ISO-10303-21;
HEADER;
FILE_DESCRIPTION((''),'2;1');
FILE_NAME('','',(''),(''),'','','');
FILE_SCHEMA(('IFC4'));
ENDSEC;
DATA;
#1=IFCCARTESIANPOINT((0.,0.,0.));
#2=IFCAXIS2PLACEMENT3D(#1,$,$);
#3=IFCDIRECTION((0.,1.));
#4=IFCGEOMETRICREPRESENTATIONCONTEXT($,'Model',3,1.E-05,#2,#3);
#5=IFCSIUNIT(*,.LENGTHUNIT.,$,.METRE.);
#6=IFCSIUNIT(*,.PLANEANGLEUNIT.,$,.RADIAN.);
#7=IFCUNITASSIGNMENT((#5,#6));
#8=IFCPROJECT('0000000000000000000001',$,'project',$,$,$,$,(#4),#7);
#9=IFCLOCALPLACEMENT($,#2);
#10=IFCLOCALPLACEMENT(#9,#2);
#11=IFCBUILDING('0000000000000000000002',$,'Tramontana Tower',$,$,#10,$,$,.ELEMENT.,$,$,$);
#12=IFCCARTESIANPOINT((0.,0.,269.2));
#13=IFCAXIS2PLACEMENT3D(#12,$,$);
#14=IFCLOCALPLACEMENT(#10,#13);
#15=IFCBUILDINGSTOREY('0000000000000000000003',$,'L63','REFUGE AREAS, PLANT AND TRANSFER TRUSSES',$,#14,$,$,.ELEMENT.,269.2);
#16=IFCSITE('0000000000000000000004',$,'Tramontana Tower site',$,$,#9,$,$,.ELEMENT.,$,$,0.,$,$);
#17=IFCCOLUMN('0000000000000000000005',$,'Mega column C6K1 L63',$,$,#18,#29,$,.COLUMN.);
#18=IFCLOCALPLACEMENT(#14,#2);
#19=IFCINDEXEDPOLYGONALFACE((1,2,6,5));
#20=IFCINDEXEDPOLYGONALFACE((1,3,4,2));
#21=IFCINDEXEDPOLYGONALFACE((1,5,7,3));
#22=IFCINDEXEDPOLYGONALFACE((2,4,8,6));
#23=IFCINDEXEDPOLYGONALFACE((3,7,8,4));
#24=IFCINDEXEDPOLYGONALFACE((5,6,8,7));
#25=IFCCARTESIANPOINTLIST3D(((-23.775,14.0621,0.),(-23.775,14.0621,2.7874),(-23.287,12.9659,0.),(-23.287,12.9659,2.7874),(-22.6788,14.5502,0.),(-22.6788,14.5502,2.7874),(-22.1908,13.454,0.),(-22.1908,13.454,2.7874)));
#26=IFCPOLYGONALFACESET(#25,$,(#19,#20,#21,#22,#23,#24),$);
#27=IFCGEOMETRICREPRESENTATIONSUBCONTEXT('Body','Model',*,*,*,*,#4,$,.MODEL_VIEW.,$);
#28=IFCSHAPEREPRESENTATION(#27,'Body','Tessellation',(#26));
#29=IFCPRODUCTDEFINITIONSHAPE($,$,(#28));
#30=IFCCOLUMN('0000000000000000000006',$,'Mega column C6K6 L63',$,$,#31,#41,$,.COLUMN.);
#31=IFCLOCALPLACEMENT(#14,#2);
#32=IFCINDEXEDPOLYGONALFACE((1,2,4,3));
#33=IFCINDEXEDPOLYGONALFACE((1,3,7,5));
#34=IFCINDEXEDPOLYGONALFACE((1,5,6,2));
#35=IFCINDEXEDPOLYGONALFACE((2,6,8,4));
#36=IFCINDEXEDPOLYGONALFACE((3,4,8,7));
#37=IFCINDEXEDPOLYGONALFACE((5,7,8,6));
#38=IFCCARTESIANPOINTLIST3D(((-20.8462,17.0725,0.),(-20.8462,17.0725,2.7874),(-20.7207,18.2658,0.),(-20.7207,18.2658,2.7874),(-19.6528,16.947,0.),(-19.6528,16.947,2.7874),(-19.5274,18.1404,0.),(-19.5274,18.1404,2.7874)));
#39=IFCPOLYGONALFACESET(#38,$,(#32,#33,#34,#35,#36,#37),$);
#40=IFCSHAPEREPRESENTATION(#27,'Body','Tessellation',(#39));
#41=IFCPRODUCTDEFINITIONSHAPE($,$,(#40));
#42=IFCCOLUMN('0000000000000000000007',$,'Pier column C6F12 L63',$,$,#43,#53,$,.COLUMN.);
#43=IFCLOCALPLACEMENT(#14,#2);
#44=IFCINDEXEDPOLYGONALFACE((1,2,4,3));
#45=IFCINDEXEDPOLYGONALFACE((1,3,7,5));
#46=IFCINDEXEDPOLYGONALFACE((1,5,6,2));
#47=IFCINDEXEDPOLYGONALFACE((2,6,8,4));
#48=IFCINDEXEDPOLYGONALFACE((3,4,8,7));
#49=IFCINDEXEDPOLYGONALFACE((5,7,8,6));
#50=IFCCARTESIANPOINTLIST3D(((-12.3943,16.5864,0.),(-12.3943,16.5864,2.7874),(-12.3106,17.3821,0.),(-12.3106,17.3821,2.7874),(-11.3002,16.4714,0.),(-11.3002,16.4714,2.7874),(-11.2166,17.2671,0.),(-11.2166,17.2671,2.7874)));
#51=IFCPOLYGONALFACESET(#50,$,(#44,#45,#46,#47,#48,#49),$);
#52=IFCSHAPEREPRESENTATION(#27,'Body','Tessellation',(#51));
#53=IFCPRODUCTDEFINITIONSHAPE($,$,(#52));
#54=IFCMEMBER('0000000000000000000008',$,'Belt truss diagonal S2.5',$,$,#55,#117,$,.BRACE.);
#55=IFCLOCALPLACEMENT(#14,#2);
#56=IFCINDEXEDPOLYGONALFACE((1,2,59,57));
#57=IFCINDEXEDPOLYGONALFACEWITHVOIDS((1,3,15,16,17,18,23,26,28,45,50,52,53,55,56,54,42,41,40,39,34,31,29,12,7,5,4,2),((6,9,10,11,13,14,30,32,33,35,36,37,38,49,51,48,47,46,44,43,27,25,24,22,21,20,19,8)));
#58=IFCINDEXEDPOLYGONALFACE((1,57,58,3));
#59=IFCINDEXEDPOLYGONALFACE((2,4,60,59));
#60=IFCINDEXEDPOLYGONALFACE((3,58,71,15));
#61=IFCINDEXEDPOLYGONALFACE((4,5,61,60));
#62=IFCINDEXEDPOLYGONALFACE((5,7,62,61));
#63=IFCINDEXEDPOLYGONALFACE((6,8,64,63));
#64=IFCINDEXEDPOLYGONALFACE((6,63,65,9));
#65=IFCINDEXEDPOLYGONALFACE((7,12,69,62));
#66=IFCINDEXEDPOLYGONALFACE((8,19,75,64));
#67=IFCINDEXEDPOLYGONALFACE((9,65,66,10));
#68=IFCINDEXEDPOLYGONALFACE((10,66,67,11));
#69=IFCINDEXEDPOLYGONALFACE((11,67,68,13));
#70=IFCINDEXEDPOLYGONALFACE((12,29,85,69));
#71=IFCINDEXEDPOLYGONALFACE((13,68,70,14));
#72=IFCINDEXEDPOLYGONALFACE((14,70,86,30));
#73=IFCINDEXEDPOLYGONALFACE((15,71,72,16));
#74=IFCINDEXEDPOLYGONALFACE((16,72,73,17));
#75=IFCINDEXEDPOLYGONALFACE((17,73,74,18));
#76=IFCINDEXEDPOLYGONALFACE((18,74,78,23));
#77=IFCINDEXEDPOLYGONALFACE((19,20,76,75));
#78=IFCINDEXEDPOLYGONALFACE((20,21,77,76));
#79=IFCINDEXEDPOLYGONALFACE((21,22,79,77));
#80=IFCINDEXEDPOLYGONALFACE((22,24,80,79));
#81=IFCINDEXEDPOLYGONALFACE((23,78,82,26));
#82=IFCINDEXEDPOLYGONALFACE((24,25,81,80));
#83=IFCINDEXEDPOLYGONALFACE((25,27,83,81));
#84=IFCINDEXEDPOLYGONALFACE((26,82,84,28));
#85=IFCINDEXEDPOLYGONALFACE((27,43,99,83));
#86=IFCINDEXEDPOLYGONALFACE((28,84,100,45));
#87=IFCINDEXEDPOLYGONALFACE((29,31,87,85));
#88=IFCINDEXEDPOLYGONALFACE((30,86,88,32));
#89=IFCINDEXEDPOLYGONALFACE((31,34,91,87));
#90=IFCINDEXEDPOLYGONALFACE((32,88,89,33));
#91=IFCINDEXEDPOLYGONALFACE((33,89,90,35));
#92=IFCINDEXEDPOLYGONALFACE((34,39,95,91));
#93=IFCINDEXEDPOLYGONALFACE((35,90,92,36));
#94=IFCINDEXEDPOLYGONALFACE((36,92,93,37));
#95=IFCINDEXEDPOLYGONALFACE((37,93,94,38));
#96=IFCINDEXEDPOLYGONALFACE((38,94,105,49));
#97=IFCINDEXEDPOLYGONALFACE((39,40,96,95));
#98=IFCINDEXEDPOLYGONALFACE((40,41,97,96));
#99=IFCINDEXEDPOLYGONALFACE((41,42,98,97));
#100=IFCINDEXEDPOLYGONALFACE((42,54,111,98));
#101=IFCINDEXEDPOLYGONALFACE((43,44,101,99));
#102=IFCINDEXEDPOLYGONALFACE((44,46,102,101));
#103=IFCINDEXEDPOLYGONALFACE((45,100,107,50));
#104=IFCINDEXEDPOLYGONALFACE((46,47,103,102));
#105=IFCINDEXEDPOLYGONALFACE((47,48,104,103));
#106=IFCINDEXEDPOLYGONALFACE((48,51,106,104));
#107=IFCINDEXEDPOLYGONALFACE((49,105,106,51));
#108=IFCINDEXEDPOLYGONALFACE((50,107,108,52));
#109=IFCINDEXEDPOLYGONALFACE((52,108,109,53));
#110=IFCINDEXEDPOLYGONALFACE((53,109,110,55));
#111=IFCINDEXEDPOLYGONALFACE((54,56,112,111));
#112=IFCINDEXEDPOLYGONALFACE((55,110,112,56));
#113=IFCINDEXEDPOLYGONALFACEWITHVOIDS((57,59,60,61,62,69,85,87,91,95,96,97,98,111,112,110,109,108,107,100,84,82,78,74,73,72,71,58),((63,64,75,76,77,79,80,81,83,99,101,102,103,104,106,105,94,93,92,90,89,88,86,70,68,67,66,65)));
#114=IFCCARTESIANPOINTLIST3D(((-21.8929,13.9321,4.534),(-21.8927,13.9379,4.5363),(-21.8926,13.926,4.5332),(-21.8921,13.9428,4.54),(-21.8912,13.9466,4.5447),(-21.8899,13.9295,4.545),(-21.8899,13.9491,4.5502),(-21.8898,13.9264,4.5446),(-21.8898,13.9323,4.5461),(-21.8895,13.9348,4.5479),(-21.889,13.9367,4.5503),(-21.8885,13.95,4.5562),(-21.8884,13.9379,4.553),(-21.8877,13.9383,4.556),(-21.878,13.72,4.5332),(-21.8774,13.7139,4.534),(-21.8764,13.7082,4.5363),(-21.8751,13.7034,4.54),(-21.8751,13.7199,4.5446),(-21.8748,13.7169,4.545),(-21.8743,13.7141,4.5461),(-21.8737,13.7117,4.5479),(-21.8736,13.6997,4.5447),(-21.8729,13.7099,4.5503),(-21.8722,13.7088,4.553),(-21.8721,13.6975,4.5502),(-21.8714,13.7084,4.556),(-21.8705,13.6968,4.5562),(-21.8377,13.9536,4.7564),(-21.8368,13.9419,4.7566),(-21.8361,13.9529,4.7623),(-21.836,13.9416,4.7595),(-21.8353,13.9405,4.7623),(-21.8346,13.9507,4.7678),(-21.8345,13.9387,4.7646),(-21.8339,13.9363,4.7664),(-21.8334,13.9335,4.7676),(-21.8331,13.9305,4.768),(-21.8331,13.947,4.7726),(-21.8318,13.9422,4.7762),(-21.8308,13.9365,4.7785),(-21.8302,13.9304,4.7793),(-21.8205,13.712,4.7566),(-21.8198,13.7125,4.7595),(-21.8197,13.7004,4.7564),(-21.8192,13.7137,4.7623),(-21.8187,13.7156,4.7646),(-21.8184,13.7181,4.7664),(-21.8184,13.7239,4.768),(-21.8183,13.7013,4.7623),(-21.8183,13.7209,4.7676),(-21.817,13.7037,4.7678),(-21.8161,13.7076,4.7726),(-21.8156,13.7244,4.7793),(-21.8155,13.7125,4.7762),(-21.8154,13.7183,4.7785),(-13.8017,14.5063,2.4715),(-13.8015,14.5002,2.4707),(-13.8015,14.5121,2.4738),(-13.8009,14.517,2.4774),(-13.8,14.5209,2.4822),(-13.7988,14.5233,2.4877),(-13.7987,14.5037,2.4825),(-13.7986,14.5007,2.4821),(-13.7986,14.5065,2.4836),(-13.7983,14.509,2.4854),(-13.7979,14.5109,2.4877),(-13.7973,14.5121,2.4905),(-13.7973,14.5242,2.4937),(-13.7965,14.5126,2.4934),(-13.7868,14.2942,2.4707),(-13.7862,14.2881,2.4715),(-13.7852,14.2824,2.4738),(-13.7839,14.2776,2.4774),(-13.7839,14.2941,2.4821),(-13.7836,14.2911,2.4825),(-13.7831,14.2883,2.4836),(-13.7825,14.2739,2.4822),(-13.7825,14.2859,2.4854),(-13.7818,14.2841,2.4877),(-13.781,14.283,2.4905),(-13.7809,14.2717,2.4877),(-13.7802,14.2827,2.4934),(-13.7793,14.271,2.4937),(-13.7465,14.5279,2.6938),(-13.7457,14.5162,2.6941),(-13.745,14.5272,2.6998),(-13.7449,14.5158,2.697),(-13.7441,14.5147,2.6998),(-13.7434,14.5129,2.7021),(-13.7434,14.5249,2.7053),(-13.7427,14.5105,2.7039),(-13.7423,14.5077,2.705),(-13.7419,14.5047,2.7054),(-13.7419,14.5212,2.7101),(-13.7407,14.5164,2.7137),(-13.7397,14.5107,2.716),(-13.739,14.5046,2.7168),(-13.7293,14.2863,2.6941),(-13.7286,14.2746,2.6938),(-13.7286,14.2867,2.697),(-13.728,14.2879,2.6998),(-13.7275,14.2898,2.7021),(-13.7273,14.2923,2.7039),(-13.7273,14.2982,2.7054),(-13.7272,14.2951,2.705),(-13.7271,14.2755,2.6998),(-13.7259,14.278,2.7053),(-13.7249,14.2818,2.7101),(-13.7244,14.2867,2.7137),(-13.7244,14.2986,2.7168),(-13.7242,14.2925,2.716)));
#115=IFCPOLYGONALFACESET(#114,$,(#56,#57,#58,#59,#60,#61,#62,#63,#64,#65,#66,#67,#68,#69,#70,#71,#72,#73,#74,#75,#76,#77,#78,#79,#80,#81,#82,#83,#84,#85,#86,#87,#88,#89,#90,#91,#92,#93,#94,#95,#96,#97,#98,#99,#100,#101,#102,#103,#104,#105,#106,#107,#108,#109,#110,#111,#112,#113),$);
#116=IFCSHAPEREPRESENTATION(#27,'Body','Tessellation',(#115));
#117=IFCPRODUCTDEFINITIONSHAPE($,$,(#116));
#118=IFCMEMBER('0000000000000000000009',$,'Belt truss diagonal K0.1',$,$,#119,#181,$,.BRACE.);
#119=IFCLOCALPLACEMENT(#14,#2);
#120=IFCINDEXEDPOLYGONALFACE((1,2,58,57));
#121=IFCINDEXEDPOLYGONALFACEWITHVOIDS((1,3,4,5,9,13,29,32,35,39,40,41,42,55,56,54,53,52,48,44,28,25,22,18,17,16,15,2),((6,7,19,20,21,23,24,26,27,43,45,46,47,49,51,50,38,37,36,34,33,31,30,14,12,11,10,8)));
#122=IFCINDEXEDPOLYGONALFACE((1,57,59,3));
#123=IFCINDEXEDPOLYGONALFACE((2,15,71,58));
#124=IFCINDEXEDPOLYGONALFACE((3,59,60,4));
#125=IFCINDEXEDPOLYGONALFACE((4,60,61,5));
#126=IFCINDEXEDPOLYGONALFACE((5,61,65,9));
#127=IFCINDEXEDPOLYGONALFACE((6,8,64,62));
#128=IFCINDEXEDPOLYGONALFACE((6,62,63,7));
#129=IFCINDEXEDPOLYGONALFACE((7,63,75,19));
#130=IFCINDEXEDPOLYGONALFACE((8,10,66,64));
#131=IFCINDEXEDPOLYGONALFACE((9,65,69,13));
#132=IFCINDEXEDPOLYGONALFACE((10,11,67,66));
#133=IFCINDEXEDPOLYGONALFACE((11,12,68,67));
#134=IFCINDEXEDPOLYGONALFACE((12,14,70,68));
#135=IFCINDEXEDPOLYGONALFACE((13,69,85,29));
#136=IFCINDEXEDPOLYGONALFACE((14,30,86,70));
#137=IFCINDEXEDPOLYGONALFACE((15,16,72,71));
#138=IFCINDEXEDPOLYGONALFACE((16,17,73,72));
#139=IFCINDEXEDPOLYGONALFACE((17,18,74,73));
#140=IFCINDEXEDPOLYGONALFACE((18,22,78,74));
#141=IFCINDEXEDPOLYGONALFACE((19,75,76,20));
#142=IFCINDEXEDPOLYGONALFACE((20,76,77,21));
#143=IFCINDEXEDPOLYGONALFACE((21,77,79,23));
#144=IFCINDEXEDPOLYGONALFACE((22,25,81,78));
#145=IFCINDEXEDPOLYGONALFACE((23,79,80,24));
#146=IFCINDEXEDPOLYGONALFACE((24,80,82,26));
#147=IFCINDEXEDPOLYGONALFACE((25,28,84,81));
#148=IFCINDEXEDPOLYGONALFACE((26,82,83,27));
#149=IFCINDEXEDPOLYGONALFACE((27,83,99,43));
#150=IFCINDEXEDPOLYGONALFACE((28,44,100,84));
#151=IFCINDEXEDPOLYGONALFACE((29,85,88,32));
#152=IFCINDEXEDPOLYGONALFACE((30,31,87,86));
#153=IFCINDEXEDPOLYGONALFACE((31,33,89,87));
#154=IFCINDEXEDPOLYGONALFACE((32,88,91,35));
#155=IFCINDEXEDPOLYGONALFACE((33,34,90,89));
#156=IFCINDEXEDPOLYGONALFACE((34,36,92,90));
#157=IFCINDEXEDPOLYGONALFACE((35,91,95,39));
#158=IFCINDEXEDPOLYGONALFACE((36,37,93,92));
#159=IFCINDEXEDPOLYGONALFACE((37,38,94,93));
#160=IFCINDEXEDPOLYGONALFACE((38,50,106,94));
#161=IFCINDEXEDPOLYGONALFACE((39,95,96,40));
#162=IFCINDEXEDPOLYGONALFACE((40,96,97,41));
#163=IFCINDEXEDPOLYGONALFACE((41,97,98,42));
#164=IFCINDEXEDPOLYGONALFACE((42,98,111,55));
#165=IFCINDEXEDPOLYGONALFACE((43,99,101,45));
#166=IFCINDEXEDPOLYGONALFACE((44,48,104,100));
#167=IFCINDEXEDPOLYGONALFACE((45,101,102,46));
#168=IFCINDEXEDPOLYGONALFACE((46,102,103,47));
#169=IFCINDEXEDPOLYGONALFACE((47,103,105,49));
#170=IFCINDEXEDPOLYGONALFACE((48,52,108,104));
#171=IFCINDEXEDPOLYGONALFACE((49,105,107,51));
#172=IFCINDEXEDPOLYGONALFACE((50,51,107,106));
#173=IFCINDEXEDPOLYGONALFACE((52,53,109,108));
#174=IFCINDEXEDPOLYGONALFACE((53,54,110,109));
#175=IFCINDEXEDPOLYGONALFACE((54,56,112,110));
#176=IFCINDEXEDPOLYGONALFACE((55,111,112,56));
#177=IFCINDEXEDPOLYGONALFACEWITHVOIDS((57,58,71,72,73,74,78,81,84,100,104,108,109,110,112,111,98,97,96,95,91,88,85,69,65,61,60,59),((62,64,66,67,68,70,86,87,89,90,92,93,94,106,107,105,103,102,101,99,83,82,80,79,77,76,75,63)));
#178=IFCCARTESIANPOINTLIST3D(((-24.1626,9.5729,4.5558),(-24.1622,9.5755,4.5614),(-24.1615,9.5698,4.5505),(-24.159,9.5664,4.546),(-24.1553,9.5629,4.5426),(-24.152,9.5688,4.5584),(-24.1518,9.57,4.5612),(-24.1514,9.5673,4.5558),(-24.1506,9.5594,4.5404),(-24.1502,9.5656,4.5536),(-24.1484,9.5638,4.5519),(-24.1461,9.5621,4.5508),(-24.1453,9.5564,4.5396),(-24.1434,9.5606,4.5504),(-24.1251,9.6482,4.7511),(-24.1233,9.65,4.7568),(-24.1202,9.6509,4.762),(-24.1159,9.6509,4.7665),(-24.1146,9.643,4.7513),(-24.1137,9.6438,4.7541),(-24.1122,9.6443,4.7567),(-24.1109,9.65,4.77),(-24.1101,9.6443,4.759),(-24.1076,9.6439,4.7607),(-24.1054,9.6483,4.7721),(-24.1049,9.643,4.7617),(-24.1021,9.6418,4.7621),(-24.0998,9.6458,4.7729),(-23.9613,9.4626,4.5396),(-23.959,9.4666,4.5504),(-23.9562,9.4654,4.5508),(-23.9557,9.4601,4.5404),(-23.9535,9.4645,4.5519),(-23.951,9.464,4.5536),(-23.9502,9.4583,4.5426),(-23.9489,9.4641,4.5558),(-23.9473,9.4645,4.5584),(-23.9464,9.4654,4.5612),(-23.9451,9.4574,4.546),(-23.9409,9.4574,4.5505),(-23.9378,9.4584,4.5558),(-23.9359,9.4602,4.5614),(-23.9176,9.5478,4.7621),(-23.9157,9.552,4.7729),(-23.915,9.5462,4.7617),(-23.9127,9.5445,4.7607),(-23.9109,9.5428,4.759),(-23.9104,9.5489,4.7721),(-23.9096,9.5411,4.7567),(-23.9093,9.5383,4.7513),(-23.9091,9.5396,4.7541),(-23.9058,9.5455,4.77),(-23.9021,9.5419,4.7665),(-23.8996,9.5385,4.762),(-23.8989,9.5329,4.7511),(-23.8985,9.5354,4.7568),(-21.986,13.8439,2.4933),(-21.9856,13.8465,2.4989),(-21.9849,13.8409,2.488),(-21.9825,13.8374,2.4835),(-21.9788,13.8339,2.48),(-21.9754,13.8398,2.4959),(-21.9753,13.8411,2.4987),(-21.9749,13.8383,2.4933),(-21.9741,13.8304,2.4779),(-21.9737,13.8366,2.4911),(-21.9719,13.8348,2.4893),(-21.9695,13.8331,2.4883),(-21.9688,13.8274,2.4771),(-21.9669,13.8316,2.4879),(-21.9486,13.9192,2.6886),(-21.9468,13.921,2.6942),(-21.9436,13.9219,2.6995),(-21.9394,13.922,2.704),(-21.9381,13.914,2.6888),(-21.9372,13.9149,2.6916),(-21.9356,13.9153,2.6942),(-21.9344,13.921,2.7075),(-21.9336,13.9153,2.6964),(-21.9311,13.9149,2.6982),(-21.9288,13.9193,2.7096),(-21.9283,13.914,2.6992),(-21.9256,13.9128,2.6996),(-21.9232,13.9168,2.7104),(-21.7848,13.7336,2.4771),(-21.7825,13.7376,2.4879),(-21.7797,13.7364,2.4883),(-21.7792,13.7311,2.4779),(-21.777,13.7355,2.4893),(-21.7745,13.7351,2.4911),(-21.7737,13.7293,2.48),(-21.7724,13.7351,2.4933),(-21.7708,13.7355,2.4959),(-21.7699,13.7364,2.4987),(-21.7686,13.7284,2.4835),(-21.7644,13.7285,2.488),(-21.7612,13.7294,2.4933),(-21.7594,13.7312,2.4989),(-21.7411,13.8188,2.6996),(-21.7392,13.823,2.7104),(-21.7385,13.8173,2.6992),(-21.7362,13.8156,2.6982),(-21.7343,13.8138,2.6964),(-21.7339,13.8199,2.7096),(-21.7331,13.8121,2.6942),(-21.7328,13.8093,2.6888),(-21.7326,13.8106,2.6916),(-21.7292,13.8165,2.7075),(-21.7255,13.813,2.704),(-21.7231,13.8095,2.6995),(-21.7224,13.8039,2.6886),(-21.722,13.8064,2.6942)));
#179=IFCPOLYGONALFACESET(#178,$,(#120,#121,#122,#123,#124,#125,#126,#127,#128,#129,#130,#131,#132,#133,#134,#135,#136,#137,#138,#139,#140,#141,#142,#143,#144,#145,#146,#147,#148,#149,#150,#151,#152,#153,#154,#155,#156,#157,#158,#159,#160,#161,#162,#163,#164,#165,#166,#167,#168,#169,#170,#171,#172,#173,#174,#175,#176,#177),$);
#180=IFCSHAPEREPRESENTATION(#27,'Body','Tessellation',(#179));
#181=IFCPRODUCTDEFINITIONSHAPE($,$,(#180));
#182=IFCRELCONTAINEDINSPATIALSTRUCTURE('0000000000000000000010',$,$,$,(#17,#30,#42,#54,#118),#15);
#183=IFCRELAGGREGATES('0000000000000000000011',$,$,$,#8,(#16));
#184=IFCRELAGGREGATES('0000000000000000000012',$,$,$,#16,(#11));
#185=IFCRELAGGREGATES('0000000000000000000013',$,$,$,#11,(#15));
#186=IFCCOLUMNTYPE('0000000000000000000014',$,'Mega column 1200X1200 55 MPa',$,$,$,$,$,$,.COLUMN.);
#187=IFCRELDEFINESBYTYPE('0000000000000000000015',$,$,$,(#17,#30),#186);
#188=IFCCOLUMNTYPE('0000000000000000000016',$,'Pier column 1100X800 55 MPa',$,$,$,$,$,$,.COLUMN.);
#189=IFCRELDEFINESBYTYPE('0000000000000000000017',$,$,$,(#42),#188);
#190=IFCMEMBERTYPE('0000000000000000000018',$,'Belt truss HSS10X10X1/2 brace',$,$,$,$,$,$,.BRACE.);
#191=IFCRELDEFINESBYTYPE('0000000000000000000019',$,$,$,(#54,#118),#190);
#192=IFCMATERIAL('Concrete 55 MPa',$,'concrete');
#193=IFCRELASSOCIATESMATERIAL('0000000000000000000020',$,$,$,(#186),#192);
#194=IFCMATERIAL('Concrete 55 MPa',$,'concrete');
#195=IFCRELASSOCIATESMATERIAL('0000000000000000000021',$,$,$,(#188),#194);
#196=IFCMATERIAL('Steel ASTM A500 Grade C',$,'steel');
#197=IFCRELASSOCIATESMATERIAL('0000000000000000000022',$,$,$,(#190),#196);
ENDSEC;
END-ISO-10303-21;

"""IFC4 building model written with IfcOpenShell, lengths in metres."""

from ifc_helpers import new_model, si_unit, direction, frame, origin, origin_2d, place, context, subcontext, project, spatial, rectangle, hollow_rectangle, extrude, material, material_profile, profile_set, type_object, element, save


model = new_model("IFC4")

# Units and contexts
model_context = context("Model", 3, precision=1e-05, world=origin(), true_north=direction((0.0, 1.0)))
body_context = subcontext(model_context, "Body", "Model", "MODEL_VIEW")
ifc_project = project(units=[si_unit("LENGTHUNIT", "METRE"), si_unit("PLANEANGLEUNIT", "RADIAN")], contexts=[model_context])

# Site, building, storey
site_placement = place(None, origin())
site = spatial("IfcSite", under=ifc_project, at=site_placement, Name="Tramontana Tower site", CompositionType="ELEMENT", RefElevation=0.0)
building_placement = place(site_placement, origin())
building = spatial("IfcBuilding", under=site, at=building_placement, Name="Tramontana Tower", CompositionType="ELEMENT")
storey_placement = place(building_placement, frame((0.0, 0.0, 269.2)))
storey = spatial("IfcBuildingStorey", under=building, at=storey_placement, Name="L63", Description="REFUGE AREAS, PLANT AND TRANSFER TRUSSES", CompositionType="ELEMENT", Elevation=269.2)

# Columns
ifc_material_1 = material(Name="Concrete 55 MPa", Category="concrete")
ifc_material_profile_1 = material_profile(ifc_material_1, rectangle(XDim=1.2, YDim=1.2, at=origin_2d()), Name="Mega column 1200X1200 55 MPa")
ifc_profile_set_1 = profile_set([ifc_material_profile_1], Name="Concrete 55 MPa")
column_type_1 = type_object("IfcColumnType", Name="Mega column 1200X1200 55 MPa", PredefinedType="COLUMN", material=ifc_profile_set_1)
for number, where, z_axis, x_axis, name in (
    (1, (-22.9829, 13.7581, 0.0), (0.0, 0.0, 1.0), (0.406737, -0.913545, 0.0), "Mega column C6K1 L63"),
    (2, (-20.1868, 17.6064, 0.0), (0.0, 0.0, 1.0), (-0.994522, 0.104528, 0.0), "Mega column C6K6 L63"),
):
    element("IfcColumn", number, at=place(storey_placement, frame(where, z_axis=z_axis, x_axis=x_axis)), inside=storey, type_object=column_type_1, Name=name, PredefinedType="COLUMN", context=body_context, shape_type="SweptSolid", body=[
        extrude(rectangle(XDim=1.2, YDim=1.2, at=origin_2d()), origin(), (0.0, 0.0, 1.0), 2.7874),
    ])
ifc_material_2 = material(Name="Concrete 55 MPa", Category="concrete")
ifc_material_profile_2 = material_profile(ifc_material_2, rectangle(XDim=1.1001, YDim=0.8, at=origin_2d()), Name="Pier column 1100X800 55 MPa")
ifc_profile_set_2 = profile_set([ifc_material_profile_2], Name="Concrete 55 MPa")
column_type_2 = type_object("IfcColumnType", Name="Pier column 1100X800 55 MPa", PredefinedType="COLUMN", material=ifc_profile_set_2)
column_placement = place(storey_placement, frame((-11.8054, 16.9268, 0.0), z_axis=(0.0, 0.0, 1.0), x_axis=(-0.994522, 0.104528, 0.0)))
element("IfcColumn", 3, at=column_placement, inside=storey, type_object=column_type_2, Name="Pier column C6F12 L63", PredefinedType="COLUMN", context=body_context, shape_type="SweptSolid", body=[
    extrude(rectangle(XDim=1.1001, YDim=0.8, at=origin_2d()), origin(), (0.0, 0.0, 1.0), 2.7874),
])

# Members
ifc_material_3 = material(Name="Steel ASTM A500 Grade C", Category="steel")
ifc_material_profile_3 = material_profile(ifc_material_3, hollow_rectangle(XDim=0.2539, YDim=0.2539, WallThickness=0.0117, InnerFilletRadius=0.0117, OuterFilletRadius=0.0237, at=origin_2d()), Name="HSS10X10X1/2")
ifc_profile_set_3 = profile_set([ifc_material_profile_3], Name="Steel ASTM A500 Grade C")
member_type_1 = type_object("IfcMemberType", Name="Belt truss HSS10X10X1/2 brace", PredefinedType="BRACE", material=ifc_profile_set_3)
member_1_placement = place(storey_placement, frame((-13.7629, 14.3994, 2.5938), z_axis=(-0.966729, -0.068608, 0.24643), x_axis=(0.070791, -0.997491, 0.0)))
element("IfcMember", 4, at=member_1_placement, inside=storey, type_object=member_type_1, Name="Belt truss diagonal S2.5", PredefinedType="BRACE", context=body_context, shape_type="SweptSolid", body=[
    extrude(hollow_rectangle(XDim=0.2539, YDim=0.2539, WallThickness=0.0117, InnerFilletRadius=0.0117, OuterFilletRadius=0.0237, at=origin_2d()), origin(), (0.0, 0.0, 1.0), 8.3696),
])
member_2_placement = place(storey_placement, frame((-21.854, 13.8252, 2.5938), z_axis=(-0.417078, -0.818437, 0.39523), x_axis=(0.890978, -0.454046, 0.0)))
element("IfcMember", 5, at=member_2_placement, inside=storey, type_object=member_type_1, Name="Belt truss diagonal K0.1", PredefinedType="BRACE", context=body_context, shape_type="SweptSolid", body=[
    extrude(hollow_rectangle(XDim=0.2539, YDim=0.2539, WallThickness=0.0117, InnerFilletRadius=0.0117, OuterFilletRadius=0.0237, at=origin_2d()), origin(), (0.0, 0.0, 1.0), 5.2185),
])

save(model, "model.ifc")
